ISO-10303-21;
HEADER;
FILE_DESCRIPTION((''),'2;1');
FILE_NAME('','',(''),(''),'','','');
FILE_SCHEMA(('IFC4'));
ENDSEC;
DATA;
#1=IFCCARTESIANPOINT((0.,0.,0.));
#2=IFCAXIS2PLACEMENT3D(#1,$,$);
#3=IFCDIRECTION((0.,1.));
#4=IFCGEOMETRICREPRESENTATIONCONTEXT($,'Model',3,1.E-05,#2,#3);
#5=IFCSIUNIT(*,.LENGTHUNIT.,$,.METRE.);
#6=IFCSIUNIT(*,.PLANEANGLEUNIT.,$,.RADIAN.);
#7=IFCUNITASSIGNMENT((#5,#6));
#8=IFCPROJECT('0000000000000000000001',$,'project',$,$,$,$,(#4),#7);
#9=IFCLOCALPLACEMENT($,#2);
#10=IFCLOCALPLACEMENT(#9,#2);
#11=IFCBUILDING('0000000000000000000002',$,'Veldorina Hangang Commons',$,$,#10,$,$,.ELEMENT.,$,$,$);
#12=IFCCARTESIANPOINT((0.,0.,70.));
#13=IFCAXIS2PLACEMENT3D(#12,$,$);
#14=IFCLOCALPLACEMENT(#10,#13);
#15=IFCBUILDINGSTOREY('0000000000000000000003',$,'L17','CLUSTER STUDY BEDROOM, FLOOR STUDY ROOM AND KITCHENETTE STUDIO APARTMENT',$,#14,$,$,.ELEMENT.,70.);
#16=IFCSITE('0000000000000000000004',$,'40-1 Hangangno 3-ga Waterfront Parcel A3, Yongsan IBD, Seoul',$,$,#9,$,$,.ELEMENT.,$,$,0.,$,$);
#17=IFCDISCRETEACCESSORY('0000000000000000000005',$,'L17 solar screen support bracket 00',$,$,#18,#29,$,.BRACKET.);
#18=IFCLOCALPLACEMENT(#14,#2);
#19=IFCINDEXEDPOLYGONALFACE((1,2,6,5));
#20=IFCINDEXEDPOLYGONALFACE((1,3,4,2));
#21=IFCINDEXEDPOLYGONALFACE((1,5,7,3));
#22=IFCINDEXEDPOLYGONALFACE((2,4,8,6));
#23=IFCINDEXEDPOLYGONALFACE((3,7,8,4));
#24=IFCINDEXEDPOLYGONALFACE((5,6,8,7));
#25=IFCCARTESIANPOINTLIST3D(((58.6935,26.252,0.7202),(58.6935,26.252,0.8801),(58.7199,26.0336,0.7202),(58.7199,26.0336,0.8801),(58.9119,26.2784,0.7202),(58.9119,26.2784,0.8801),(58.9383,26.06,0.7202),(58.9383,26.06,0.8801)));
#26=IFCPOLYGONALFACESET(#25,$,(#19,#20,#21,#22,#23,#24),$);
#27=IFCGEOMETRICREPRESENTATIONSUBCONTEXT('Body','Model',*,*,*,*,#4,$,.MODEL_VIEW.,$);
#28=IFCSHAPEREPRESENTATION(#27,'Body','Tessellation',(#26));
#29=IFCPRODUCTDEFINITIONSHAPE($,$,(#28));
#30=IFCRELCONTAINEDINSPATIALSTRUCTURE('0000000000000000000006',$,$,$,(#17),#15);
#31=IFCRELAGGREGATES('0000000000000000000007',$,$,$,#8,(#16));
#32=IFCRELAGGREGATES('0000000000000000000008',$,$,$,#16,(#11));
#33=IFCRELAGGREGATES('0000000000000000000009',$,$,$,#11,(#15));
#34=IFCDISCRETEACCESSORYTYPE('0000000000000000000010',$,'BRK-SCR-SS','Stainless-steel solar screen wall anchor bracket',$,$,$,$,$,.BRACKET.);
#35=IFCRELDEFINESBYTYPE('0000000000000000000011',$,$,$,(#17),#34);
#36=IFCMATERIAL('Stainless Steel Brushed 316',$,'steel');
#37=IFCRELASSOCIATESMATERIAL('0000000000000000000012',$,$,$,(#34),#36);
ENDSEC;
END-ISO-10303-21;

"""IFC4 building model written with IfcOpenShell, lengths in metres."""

from ifc_helpers import new_model, si_unit, direction, frame, origin, origin_2d, place, context, subcontext, project, spatial, rectangle, extrude, material, type_object, element, save


model = new_model("IFC4")

# Units and contexts
model_context = context("Model", 3, precision=1e-05, world=origin(), true_north=direction((0.0, 1.0)))
body_context = subcontext(model_context, "Body", "Model", "MODEL_VIEW")
ifc_project = project(units=[si_unit("LENGTHUNIT", "METRE"), si_unit("PLANEANGLEUNIT", "RADIAN")], contexts=[model_context])

# Site, building, storey
site_placement = place(None, origin())
site = spatial("IfcSite", under=ifc_project, at=site_placement, Name="40-1 Hangangno 3-ga Waterfront Parcel A3, Yongsan IBD, Seoul", CompositionType="ELEMENT", RefElevation=0.0)
building_placement = place(site_placement, origin())
building = spatial("IfcBuilding", under=site, at=building_placement, Name="Veldorina Hangang Commons", CompositionType="ELEMENT")
storey_placement = place(building_placement, frame((0.0, 0.0, 70.0)))
storey = spatial("IfcBuildingStorey", under=building, at=storey_placement, Name="L17", Description="CLUSTER STUDY BEDROOM, FLOOR STUDY ROOM AND KITCHENETTE STUDIO APARTMENT", CompositionType="ELEMENT", Elevation=70.0)

# Discrete accessory
ifc_material_1 = material(Name="Stainless Steel Brushed 316", Category="steel")
discrete_accessory_type = type_object("IfcDiscreteAccessoryType", Name="BRK-SCR-SS", Description="Stainless-steel solar screen wall anchor bracket", PredefinedType="BRACKET", material=ifc_material_1)
discrete_accessory_placement = place(storey_placement, frame((58.8159, 26.156, 0.7202), z_axis=(0.0, 0.0, 1.0), x_axis=(-0.120033, 0.99277, 0.0)))
element("IfcDiscreteAccessory", 1, at=discrete_accessory_placement, inside=storey, type_object=discrete_accessory_type, Name="L17 solar screen support bracket 00", PredefinedType="BRACKET", context=body_context, shape_type="SweptSolid", body=[
    extrude(rectangle(XDim=0.22, YDim=0.22, at=origin_2d()), origin(), (0.0, 0.0, 1.0), 0.1599),
])

save(model, "model.ifc")
